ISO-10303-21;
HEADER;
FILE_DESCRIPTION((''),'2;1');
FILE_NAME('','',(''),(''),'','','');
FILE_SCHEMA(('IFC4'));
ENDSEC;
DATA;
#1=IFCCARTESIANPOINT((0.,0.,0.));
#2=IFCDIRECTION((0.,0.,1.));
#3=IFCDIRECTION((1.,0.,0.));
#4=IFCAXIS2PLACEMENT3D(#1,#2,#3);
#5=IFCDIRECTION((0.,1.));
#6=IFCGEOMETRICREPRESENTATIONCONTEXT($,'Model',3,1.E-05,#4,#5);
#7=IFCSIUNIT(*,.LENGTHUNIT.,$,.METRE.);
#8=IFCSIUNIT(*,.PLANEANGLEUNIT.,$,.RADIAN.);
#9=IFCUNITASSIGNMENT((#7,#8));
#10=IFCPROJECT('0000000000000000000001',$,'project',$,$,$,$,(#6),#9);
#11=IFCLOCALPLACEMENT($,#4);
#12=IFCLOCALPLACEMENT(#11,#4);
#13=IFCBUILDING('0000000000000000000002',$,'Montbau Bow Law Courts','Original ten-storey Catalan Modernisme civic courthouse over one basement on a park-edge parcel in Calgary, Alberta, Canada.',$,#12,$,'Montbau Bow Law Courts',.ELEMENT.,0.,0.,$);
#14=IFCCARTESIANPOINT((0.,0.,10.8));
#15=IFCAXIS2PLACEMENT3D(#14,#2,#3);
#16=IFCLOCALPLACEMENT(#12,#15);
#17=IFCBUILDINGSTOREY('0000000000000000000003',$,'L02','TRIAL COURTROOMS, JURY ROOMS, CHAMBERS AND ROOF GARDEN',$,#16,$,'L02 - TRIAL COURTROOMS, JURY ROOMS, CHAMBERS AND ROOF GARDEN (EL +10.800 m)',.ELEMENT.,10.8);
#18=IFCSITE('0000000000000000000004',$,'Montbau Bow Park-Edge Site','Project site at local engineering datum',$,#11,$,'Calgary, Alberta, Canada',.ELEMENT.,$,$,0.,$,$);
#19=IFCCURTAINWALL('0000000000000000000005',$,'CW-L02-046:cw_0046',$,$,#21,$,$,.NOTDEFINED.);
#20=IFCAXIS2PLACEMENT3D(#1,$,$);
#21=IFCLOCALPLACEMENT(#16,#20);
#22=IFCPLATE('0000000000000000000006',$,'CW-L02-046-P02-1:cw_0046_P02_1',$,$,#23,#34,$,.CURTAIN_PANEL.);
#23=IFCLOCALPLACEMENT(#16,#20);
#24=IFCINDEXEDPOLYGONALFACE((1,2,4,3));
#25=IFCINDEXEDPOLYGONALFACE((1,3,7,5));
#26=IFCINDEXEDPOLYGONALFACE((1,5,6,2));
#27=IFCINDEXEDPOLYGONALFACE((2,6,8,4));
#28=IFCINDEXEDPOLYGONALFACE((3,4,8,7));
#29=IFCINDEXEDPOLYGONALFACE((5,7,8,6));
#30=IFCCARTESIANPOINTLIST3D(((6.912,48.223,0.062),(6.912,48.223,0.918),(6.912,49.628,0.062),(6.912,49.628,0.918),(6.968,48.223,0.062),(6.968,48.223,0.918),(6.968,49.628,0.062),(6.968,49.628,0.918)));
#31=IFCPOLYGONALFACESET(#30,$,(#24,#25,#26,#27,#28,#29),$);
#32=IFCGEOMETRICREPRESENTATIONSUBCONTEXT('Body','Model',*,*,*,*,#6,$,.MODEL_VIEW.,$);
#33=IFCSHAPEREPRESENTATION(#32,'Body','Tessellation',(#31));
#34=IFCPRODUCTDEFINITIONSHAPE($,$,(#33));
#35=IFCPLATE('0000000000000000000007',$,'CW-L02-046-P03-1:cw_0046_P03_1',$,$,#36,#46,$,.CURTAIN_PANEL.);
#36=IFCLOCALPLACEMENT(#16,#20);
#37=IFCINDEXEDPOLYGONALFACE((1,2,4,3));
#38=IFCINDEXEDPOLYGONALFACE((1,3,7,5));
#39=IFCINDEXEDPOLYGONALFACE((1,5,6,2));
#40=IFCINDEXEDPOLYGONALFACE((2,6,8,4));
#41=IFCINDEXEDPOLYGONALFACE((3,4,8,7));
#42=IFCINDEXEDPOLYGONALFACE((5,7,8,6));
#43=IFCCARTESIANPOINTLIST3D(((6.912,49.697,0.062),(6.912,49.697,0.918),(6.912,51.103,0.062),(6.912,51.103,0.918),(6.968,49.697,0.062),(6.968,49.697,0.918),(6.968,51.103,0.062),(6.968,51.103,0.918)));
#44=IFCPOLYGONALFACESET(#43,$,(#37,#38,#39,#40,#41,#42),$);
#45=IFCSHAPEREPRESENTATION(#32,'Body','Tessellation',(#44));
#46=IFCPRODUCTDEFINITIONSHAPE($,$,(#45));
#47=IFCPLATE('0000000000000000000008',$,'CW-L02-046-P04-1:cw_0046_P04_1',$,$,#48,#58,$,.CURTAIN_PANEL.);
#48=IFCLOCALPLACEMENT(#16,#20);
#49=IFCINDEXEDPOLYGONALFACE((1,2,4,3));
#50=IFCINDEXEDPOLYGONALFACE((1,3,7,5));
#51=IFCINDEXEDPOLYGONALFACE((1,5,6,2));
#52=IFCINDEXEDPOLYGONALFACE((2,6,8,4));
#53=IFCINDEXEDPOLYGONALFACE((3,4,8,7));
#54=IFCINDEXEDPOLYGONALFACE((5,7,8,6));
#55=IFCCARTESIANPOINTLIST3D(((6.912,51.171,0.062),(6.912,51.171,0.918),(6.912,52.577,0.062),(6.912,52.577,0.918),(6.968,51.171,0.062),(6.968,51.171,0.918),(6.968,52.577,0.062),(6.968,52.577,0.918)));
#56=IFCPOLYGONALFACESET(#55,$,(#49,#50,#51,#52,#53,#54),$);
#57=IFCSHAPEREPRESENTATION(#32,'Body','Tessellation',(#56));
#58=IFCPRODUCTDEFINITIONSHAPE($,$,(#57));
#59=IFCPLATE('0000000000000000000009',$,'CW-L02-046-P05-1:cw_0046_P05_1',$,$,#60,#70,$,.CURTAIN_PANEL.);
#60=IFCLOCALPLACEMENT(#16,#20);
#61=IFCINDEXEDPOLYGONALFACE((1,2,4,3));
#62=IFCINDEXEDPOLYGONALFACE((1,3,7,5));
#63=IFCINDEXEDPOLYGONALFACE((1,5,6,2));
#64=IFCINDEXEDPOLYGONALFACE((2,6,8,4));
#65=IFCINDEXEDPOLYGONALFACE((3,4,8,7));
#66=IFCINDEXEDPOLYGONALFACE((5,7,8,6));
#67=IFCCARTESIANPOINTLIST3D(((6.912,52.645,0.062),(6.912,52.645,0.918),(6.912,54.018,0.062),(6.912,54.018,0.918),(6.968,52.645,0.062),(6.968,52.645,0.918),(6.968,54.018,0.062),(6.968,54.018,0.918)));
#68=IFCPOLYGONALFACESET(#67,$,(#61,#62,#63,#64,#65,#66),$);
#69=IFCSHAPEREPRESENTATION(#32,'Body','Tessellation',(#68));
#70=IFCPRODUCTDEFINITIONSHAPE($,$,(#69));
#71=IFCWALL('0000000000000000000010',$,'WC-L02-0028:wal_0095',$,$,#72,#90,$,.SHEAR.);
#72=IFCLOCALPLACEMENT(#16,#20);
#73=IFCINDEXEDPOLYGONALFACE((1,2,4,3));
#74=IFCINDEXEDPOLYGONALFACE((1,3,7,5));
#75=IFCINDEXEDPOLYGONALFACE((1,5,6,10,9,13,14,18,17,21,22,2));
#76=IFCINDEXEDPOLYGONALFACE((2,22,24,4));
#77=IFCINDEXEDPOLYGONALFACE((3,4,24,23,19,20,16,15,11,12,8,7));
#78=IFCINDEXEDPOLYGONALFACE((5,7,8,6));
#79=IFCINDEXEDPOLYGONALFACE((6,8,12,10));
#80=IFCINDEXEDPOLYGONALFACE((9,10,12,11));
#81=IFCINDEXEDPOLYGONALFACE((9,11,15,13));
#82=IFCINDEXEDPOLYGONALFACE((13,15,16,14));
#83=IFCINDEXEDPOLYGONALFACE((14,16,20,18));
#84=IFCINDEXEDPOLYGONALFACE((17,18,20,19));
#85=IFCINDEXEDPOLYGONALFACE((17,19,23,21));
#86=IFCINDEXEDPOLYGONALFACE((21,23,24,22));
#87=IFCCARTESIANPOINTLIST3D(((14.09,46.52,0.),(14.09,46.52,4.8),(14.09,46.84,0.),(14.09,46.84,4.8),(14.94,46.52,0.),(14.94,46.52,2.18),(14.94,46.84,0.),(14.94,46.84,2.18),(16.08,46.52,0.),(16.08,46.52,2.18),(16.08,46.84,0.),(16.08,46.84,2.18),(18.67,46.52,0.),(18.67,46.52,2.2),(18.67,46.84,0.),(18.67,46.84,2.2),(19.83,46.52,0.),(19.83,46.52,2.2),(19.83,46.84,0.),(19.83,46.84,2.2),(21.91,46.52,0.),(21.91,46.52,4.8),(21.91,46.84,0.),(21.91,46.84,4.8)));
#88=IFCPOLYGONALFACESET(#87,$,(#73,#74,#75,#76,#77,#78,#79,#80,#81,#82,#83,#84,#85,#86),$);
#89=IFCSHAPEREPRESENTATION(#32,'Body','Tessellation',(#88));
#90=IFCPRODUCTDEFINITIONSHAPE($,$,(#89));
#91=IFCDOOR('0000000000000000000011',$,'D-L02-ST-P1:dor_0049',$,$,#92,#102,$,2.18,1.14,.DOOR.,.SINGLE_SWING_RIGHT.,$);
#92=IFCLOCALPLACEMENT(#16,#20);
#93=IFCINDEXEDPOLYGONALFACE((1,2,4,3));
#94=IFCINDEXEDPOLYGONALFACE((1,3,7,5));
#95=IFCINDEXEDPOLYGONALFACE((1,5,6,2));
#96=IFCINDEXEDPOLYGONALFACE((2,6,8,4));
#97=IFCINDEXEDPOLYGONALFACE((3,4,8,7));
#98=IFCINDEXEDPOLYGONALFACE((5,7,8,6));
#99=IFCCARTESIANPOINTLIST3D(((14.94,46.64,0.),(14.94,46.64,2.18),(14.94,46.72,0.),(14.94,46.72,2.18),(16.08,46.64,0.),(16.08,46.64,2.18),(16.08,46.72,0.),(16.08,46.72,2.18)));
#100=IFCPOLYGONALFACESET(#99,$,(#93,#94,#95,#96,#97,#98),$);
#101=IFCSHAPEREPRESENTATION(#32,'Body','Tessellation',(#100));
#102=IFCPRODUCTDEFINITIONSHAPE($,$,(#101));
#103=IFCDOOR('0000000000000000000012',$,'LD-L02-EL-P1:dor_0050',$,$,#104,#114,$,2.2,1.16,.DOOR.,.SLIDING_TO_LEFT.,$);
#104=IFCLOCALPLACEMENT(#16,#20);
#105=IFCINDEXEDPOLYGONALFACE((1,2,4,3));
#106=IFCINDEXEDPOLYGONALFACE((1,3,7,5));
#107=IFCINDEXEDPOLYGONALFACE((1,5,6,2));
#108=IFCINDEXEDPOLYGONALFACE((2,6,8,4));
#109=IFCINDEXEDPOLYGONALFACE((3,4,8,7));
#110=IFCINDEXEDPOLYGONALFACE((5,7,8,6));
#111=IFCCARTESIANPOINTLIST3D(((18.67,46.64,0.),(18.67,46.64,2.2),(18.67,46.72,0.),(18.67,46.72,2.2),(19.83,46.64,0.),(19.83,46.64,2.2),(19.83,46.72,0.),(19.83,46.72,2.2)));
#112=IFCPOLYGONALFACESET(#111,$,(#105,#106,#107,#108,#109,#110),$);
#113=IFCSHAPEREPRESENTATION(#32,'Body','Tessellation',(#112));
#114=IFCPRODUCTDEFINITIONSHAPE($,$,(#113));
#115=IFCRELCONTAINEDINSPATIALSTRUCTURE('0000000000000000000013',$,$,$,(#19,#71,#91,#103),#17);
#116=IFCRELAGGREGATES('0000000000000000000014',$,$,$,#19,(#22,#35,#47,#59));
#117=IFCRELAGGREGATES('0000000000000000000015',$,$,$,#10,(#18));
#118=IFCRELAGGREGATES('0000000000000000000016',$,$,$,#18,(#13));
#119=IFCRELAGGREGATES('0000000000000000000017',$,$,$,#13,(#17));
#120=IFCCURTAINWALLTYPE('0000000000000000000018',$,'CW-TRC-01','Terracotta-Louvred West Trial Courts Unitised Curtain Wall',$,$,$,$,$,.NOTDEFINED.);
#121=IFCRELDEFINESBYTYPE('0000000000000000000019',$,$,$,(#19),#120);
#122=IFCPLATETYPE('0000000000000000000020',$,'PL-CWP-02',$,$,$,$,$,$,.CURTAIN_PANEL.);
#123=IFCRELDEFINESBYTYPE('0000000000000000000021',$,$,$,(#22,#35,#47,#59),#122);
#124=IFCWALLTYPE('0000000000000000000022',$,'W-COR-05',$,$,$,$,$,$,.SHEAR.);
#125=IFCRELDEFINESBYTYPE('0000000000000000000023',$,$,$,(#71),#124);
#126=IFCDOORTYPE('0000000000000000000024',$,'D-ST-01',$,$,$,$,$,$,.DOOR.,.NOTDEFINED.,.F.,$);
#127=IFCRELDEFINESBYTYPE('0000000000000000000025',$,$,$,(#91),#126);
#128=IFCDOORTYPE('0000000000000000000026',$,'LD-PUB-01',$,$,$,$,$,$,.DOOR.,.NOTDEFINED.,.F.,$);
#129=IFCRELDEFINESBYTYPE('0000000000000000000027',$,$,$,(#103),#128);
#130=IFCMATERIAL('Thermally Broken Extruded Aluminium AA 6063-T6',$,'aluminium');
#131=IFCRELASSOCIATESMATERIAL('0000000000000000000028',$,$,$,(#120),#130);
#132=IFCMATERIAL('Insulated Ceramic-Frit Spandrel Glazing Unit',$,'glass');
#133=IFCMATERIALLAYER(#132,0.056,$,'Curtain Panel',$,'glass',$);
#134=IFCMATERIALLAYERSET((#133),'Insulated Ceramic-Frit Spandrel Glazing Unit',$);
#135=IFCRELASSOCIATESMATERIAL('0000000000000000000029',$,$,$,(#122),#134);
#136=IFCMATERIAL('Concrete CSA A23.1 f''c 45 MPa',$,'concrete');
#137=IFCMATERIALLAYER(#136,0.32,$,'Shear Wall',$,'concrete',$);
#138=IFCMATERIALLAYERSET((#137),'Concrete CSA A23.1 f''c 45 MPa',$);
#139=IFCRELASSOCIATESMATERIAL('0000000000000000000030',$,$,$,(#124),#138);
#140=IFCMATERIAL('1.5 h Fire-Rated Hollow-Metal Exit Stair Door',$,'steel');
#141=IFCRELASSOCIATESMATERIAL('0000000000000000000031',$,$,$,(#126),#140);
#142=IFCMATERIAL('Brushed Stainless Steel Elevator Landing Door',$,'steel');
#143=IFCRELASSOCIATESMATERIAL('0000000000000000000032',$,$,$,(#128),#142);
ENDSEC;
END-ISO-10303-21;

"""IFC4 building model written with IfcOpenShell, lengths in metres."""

from ifc_helpers import new_model, si_unit, direction, frame, frame_2d, origin_with_axes, place, context, subcontext, project, spatial, rectangle, extrude, material, layer, layer_set, type_object, element, fill, aggregate, save


model = new_model("IFC4")

# Units and contexts
model_context = context("Model", 3, precision=1e-05, world=origin_with_axes(), true_north=direction((0.0, 1.0)))
body_context = subcontext(model_context, "Body", "Model", "MODEL_VIEW")
ifc_project = project(units=[si_unit("LENGTHUNIT", "METRE"), si_unit("PLANEANGLEUNIT", "RADIAN")], contexts=[model_context])

# Site, building, storey
site_placement = place(None, origin_with_axes())
site = spatial("IfcSite", under=ifc_project, at=site_placement, Name="Montbau Bow Park-Edge Site", Description="Project site at local engineering datum", LongName="Calgary, Alberta, Canada", CompositionType="ELEMENT", RefElevation=0.0)
building_placement = place(site_placement, origin_with_axes())
building = spatial("IfcBuilding", under=site, at=building_placement, Name="Montbau Bow Law Courts", Description="Original ten-storey Catalan Modernisme civic courthouse over one basement on a park-edge parcel in Calgary, Alberta, Canada.", LongName="Montbau Bow Law Courts", CompositionType="ELEMENT", ElevationOfRefHeight=0.0, ElevationOfTerrain=0.0)
storey_placement = place(building_placement, frame((0.0, 0.0, 10.8), z_axis=(0.0, 0.0, 1.0), x_axis=(1.0, 0.0, 0.0)))
storey = spatial("IfcBuildingStorey", under=building, at=storey_placement, Name="L02", Description="TRIAL COURTROOMS, JURY ROOMS, CHAMBERS AND ROOF GARDEN", LongName="L02 - TRIAL COURTROOMS, JURY ROOMS, CHAMBERS AND ROOF GARDEN (EL +10.800 m)", CompositionType="ELEMENT", Elevation=10.8)

# Curtain wall, plates
ifc_material_1 = material(Name="Thermally Broken Extruded Aluminium AA 6063-T6", Category="aluminium")
curtain_wall_type = type_object("IfcCurtainWallType", Name="CW-TRC-01", Description="Terracotta-Louvred West Trial Courts Unitised Curtain Wall", PredefinedType="NOTDEFINED", material=ifc_material_1)
curtain_wall_placement = place(None, frame((6.94, 46.715, 10.8), z_axis=(0.0, 0.0, 1.0), x_axis=(1.0, 0.0, 0.0)))
curtain_wall = element("IfcCurtainWall", 1, at=curtain_wall_placement, inside=storey, type_object=curtain_wall_type, Name="CW-L02-046:cw_0046", PredefinedType="NOTDEFINED")
ifc_material_2 = material(Name="Insulated Ceramic-Frit Spandrel Glazing Unit", Category="glass")
ifc_layer_1 = layer(ifc_material_2, 0.056, Name="Curtain Panel", Category="glass")
ifc_layer_set_1 = layer_set([ifc_layer_1], Name="Insulated Ceramic-Frit Spandrel Glazing Unit")
plate_type_1 = type_object("IfcPlateType", Name="PL-CWP-02", PredefinedType="CURTAIN_PANEL", material=ifc_layer_set_1)
plate_1_placement = place(None, frame((6.94, 48.223, 10.862), z_axis=(1.0, 0.0, 0.0), x_axis=(0.0, 1.0, 0.0)))
plate_1 = element("IfcPlate", 2, at=plate_1_placement, type_object=plate_type_1, Name="CW-L02-046-P02-1:cw_0046_P02_1", PredefinedType="CURTAIN_PANEL", context=body_context, shape_type="SweptSolid", body=[
    extrude(rectangle(XDim=1.405, YDim=0.856, at=frame_2d((0.7025, 0.428), x_axis=(1.0, 0.0))), frame((0.0, 0.0, -0.028), z_axis=(0.0, 0.0, 1.0), x_axis=(1.0, 0.0, 0.0)), (0.0, 0.0, 1.0), 0.056),
])
plate_2_placement = place(None, frame((6.94, 49.697, 10.862), z_axis=(1.0, 0.0, 0.0), x_axis=(0.0, 1.0, 0.0)))
plate_2 = element("IfcPlate", 3, at=plate_2_placement, type_object=plate_type_1, Name="CW-L02-046-P03-1:cw_0046_P03_1", PredefinedType="CURTAIN_PANEL", context=body_context, shape_type="SweptSolid", body=[
    extrude(rectangle(XDim=1.406, YDim=0.856, at=frame_2d((0.703, 0.428), x_axis=(1.0, 0.0))), frame((0.0, 0.0, -0.028), z_axis=(0.0, 0.0, 1.0), x_axis=(1.0, 0.0, 0.0)), (0.0, 0.0, 1.0), 0.056),
])
plate_3_placement = place(None, frame((6.94, 51.171, 10.862), z_axis=(1.0, 0.0, 0.0), x_axis=(0.0, 1.0, 0.0)))
plate_3 = element("IfcPlate", 4, at=plate_3_placement, type_object=plate_type_1, Name="CW-L02-046-P04-1:cw_0046_P04_1", PredefinedType="CURTAIN_PANEL", context=body_context, shape_type="SweptSolid", body=[
    extrude(rectangle(XDim=1.406, YDim=0.856, at=frame_2d((0.703, 0.428), x_axis=(1.0, 0.0))), frame((0.0, 0.0, -0.028), z_axis=(0.0, 0.0, 1.0), x_axis=(1.0, 0.0, 0.0)), (0.0, 0.0, 1.0), 0.056),
])
plate_4_placement = place(None, frame((6.94, 52.645, 10.862), z_axis=(1.0, 0.0, 0.0), x_axis=(0.0, 1.0, 0.0)))
plate_4 = element("IfcPlate", 5, at=plate_4_placement, type_object=plate_type_1, Name="CW-L02-046-P05-1:cw_0046_P05_1", PredefinedType="CURTAIN_PANEL", context=body_context, shape_type="SweptSolid", body=[
    extrude(rectangle(XDim=1.373, YDim=0.856, at=frame_2d((0.6865, 0.428), x_axis=(1.0, 0.0))), frame((0.0, 0.0, -0.028), z_axis=(0.0, 0.0, 1.0), x_axis=(1.0, 0.0, 0.0)), (0.0, 0.0, 1.0), 0.056),
])
aggregate(curtain_wall, [plate_1, plate_2, plate_3, plate_4])

# Wall, openings, doors
ifc_material_3 = material(Name="Concrete CSA A23.1 f'c 45 MPa", Category="concrete")
ifc_layer_2 = layer(ifc_material_3, 0.32, Name="Shear Wall", Category="concrete")
ifc_layer_set_2 = layer_set([ifc_layer_2], Name="Concrete CSA A23.1 f'c 45 MPa")
wall_type = type_object("IfcWallType", Name="W-COR-05", PredefinedType="SHEAR", material=ifc_layer_set_2)
wall_placement = place(None, frame((14.09, 46.68, 10.8), z_axis=(0.0, 0.0, 1.0), x_axis=(1.0, 0.0, 0.0)))
wall = element("IfcWall", 6, at=wall_placement, inside=storey, type_object=wall_type, Name="WC-L02-0028:wal_0095", PredefinedType="SHEAR", context=body_context, shape_type="SweptSolid", body=[
    extrude(rectangle(XDim=7.82, YDim=0.32, at=frame_2d((3.91, 0.0), x_axis=(1.0, 0.0))), origin_with_axes(), (0.0, 0.0, 1.0), 4.8),
])
opening_1_placement = place(None, frame((15.51, 46.68, 10.8), z_axis=(0.0, 0.0, 1.0), x_axis=(1.0, 0.0, 0.0)))
opening_1 = element("IfcOpeningElement", 7, at=opening_1_placement, cuts=wall, PredefinedType="OPENING", context=body_context, shape_type="SweptSolid", body=[
    extrude(rectangle(XDim=1.14, YDim=2.18, at=frame_2d((0.0, 1.09), x_axis=(1.0, 0.0))), frame((0.0, 0.17, 0.0), z_axis=(0.0, -1.0, 0.0), x_axis=(1.0, 0.0, 0.0)), (0.0, 0.0, 1.0), 0.34),
])
opening_2_placement = place(None, frame((19.25, 46.68, 10.8), z_axis=(0.0, 0.0, 1.0), x_axis=(1.0, 0.0, 0.0)))
opening_2 = element("IfcOpeningElement", 8, at=opening_2_placement, cuts=wall, PredefinedType="OPENING", context=body_context, shape_type="SweptSolid", body=[
    extrude(rectangle(XDim=1.16, YDim=2.2, at=frame_2d((0.0, 1.1), x_axis=(1.0, 0.0))), frame((0.0, 0.17, 0.0), z_axis=(0.0, -1.0, 0.0), x_axis=(1.0, 0.0, 0.0)), (0.0, 0.0, 1.0), 0.34),
])
ifc_material_4 = material(Name="1.5 h Fire-Rated Hollow-Metal Exit Stair Door", Category="steel")
door_type_1 = type_object("IfcDoorType", Name="D-ST-01", OperationType="NOTDEFINED", ParameterTakesPrecedence=False, PredefinedType="DOOR", material=ifc_material_4)
door_1_placement = place(None, frame((15.51, 46.68, 10.8), z_axis=(0.0, 0.0, 1.0), x_axis=(-1.0, 0.0, 0.0)))
door_1 = element("IfcDoor", 9, at=door_1_placement, inside=storey, type_object=door_type_1, Name="D-L02-ST-P1:dor_0049", OperationType="SINGLE_SWING_RIGHT", OverallHeight=2.18, OverallWidth=1.14, PredefinedType="DOOR", context=body_context, shape_type="SweptSolid", body=[
    extrude(rectangle(XDim=1.14, YDim=2.18, at=frame_2d((0.0, 1.09), x_axis=(1.0, 0.0))), frame((0.0, 0.04, 0.0), z_axis=(0.0, -1.0, 0.0), x_axis=(1.0, 0.0, 0.0)), (0.0, 0.0, 1.0), 0.08),
])
fill(opening_1, door_1)
ifc_material_5 = material(Name="Brushed Stainless Steel Elevator Landing Door", Category="steel")
door_type_2 = type_object("IfcDoorType", Name="LD-PUB-01", OperationType="NOTDEFINED", ParameterTakesPrecedence=False, PredefinedType="DOOR", material=ifc_material_5)
door_2_placement = place(None, frame((19.25, 46.68, 10.8), z_axis=(0.0, 0.0, 1.0), x_axis=(-1.0, 0.0, 0.0)))
door_2 = element("IfcDoor", 10, at=door_2_placement, inside=storey, type_object=door_type_2, Name="LD-L02-EL-P1:dor_0050", OperationType="SLIDING_TO_LEFT", OverallHeight=2.2, OverallWidth=1.16, PredefinedType="DOOR", context=body_context, shape_type="SweptSolid", body=[
    extrude(rectangle(XDim=1.16, YDim=2.2, at=frame_2d((0.0, 1.1), x_axis=(1.0, 0.0))), frame((0.0, 0.04, 0.0), z_axis=(0.0, -1.0, 0.0), x_axis=(1.0, 0.0, 0.0)), (0.0, 0.0, 1.0), 0.08),
])
fill(opening_2, door_2)

save(model, "model.ifc")
